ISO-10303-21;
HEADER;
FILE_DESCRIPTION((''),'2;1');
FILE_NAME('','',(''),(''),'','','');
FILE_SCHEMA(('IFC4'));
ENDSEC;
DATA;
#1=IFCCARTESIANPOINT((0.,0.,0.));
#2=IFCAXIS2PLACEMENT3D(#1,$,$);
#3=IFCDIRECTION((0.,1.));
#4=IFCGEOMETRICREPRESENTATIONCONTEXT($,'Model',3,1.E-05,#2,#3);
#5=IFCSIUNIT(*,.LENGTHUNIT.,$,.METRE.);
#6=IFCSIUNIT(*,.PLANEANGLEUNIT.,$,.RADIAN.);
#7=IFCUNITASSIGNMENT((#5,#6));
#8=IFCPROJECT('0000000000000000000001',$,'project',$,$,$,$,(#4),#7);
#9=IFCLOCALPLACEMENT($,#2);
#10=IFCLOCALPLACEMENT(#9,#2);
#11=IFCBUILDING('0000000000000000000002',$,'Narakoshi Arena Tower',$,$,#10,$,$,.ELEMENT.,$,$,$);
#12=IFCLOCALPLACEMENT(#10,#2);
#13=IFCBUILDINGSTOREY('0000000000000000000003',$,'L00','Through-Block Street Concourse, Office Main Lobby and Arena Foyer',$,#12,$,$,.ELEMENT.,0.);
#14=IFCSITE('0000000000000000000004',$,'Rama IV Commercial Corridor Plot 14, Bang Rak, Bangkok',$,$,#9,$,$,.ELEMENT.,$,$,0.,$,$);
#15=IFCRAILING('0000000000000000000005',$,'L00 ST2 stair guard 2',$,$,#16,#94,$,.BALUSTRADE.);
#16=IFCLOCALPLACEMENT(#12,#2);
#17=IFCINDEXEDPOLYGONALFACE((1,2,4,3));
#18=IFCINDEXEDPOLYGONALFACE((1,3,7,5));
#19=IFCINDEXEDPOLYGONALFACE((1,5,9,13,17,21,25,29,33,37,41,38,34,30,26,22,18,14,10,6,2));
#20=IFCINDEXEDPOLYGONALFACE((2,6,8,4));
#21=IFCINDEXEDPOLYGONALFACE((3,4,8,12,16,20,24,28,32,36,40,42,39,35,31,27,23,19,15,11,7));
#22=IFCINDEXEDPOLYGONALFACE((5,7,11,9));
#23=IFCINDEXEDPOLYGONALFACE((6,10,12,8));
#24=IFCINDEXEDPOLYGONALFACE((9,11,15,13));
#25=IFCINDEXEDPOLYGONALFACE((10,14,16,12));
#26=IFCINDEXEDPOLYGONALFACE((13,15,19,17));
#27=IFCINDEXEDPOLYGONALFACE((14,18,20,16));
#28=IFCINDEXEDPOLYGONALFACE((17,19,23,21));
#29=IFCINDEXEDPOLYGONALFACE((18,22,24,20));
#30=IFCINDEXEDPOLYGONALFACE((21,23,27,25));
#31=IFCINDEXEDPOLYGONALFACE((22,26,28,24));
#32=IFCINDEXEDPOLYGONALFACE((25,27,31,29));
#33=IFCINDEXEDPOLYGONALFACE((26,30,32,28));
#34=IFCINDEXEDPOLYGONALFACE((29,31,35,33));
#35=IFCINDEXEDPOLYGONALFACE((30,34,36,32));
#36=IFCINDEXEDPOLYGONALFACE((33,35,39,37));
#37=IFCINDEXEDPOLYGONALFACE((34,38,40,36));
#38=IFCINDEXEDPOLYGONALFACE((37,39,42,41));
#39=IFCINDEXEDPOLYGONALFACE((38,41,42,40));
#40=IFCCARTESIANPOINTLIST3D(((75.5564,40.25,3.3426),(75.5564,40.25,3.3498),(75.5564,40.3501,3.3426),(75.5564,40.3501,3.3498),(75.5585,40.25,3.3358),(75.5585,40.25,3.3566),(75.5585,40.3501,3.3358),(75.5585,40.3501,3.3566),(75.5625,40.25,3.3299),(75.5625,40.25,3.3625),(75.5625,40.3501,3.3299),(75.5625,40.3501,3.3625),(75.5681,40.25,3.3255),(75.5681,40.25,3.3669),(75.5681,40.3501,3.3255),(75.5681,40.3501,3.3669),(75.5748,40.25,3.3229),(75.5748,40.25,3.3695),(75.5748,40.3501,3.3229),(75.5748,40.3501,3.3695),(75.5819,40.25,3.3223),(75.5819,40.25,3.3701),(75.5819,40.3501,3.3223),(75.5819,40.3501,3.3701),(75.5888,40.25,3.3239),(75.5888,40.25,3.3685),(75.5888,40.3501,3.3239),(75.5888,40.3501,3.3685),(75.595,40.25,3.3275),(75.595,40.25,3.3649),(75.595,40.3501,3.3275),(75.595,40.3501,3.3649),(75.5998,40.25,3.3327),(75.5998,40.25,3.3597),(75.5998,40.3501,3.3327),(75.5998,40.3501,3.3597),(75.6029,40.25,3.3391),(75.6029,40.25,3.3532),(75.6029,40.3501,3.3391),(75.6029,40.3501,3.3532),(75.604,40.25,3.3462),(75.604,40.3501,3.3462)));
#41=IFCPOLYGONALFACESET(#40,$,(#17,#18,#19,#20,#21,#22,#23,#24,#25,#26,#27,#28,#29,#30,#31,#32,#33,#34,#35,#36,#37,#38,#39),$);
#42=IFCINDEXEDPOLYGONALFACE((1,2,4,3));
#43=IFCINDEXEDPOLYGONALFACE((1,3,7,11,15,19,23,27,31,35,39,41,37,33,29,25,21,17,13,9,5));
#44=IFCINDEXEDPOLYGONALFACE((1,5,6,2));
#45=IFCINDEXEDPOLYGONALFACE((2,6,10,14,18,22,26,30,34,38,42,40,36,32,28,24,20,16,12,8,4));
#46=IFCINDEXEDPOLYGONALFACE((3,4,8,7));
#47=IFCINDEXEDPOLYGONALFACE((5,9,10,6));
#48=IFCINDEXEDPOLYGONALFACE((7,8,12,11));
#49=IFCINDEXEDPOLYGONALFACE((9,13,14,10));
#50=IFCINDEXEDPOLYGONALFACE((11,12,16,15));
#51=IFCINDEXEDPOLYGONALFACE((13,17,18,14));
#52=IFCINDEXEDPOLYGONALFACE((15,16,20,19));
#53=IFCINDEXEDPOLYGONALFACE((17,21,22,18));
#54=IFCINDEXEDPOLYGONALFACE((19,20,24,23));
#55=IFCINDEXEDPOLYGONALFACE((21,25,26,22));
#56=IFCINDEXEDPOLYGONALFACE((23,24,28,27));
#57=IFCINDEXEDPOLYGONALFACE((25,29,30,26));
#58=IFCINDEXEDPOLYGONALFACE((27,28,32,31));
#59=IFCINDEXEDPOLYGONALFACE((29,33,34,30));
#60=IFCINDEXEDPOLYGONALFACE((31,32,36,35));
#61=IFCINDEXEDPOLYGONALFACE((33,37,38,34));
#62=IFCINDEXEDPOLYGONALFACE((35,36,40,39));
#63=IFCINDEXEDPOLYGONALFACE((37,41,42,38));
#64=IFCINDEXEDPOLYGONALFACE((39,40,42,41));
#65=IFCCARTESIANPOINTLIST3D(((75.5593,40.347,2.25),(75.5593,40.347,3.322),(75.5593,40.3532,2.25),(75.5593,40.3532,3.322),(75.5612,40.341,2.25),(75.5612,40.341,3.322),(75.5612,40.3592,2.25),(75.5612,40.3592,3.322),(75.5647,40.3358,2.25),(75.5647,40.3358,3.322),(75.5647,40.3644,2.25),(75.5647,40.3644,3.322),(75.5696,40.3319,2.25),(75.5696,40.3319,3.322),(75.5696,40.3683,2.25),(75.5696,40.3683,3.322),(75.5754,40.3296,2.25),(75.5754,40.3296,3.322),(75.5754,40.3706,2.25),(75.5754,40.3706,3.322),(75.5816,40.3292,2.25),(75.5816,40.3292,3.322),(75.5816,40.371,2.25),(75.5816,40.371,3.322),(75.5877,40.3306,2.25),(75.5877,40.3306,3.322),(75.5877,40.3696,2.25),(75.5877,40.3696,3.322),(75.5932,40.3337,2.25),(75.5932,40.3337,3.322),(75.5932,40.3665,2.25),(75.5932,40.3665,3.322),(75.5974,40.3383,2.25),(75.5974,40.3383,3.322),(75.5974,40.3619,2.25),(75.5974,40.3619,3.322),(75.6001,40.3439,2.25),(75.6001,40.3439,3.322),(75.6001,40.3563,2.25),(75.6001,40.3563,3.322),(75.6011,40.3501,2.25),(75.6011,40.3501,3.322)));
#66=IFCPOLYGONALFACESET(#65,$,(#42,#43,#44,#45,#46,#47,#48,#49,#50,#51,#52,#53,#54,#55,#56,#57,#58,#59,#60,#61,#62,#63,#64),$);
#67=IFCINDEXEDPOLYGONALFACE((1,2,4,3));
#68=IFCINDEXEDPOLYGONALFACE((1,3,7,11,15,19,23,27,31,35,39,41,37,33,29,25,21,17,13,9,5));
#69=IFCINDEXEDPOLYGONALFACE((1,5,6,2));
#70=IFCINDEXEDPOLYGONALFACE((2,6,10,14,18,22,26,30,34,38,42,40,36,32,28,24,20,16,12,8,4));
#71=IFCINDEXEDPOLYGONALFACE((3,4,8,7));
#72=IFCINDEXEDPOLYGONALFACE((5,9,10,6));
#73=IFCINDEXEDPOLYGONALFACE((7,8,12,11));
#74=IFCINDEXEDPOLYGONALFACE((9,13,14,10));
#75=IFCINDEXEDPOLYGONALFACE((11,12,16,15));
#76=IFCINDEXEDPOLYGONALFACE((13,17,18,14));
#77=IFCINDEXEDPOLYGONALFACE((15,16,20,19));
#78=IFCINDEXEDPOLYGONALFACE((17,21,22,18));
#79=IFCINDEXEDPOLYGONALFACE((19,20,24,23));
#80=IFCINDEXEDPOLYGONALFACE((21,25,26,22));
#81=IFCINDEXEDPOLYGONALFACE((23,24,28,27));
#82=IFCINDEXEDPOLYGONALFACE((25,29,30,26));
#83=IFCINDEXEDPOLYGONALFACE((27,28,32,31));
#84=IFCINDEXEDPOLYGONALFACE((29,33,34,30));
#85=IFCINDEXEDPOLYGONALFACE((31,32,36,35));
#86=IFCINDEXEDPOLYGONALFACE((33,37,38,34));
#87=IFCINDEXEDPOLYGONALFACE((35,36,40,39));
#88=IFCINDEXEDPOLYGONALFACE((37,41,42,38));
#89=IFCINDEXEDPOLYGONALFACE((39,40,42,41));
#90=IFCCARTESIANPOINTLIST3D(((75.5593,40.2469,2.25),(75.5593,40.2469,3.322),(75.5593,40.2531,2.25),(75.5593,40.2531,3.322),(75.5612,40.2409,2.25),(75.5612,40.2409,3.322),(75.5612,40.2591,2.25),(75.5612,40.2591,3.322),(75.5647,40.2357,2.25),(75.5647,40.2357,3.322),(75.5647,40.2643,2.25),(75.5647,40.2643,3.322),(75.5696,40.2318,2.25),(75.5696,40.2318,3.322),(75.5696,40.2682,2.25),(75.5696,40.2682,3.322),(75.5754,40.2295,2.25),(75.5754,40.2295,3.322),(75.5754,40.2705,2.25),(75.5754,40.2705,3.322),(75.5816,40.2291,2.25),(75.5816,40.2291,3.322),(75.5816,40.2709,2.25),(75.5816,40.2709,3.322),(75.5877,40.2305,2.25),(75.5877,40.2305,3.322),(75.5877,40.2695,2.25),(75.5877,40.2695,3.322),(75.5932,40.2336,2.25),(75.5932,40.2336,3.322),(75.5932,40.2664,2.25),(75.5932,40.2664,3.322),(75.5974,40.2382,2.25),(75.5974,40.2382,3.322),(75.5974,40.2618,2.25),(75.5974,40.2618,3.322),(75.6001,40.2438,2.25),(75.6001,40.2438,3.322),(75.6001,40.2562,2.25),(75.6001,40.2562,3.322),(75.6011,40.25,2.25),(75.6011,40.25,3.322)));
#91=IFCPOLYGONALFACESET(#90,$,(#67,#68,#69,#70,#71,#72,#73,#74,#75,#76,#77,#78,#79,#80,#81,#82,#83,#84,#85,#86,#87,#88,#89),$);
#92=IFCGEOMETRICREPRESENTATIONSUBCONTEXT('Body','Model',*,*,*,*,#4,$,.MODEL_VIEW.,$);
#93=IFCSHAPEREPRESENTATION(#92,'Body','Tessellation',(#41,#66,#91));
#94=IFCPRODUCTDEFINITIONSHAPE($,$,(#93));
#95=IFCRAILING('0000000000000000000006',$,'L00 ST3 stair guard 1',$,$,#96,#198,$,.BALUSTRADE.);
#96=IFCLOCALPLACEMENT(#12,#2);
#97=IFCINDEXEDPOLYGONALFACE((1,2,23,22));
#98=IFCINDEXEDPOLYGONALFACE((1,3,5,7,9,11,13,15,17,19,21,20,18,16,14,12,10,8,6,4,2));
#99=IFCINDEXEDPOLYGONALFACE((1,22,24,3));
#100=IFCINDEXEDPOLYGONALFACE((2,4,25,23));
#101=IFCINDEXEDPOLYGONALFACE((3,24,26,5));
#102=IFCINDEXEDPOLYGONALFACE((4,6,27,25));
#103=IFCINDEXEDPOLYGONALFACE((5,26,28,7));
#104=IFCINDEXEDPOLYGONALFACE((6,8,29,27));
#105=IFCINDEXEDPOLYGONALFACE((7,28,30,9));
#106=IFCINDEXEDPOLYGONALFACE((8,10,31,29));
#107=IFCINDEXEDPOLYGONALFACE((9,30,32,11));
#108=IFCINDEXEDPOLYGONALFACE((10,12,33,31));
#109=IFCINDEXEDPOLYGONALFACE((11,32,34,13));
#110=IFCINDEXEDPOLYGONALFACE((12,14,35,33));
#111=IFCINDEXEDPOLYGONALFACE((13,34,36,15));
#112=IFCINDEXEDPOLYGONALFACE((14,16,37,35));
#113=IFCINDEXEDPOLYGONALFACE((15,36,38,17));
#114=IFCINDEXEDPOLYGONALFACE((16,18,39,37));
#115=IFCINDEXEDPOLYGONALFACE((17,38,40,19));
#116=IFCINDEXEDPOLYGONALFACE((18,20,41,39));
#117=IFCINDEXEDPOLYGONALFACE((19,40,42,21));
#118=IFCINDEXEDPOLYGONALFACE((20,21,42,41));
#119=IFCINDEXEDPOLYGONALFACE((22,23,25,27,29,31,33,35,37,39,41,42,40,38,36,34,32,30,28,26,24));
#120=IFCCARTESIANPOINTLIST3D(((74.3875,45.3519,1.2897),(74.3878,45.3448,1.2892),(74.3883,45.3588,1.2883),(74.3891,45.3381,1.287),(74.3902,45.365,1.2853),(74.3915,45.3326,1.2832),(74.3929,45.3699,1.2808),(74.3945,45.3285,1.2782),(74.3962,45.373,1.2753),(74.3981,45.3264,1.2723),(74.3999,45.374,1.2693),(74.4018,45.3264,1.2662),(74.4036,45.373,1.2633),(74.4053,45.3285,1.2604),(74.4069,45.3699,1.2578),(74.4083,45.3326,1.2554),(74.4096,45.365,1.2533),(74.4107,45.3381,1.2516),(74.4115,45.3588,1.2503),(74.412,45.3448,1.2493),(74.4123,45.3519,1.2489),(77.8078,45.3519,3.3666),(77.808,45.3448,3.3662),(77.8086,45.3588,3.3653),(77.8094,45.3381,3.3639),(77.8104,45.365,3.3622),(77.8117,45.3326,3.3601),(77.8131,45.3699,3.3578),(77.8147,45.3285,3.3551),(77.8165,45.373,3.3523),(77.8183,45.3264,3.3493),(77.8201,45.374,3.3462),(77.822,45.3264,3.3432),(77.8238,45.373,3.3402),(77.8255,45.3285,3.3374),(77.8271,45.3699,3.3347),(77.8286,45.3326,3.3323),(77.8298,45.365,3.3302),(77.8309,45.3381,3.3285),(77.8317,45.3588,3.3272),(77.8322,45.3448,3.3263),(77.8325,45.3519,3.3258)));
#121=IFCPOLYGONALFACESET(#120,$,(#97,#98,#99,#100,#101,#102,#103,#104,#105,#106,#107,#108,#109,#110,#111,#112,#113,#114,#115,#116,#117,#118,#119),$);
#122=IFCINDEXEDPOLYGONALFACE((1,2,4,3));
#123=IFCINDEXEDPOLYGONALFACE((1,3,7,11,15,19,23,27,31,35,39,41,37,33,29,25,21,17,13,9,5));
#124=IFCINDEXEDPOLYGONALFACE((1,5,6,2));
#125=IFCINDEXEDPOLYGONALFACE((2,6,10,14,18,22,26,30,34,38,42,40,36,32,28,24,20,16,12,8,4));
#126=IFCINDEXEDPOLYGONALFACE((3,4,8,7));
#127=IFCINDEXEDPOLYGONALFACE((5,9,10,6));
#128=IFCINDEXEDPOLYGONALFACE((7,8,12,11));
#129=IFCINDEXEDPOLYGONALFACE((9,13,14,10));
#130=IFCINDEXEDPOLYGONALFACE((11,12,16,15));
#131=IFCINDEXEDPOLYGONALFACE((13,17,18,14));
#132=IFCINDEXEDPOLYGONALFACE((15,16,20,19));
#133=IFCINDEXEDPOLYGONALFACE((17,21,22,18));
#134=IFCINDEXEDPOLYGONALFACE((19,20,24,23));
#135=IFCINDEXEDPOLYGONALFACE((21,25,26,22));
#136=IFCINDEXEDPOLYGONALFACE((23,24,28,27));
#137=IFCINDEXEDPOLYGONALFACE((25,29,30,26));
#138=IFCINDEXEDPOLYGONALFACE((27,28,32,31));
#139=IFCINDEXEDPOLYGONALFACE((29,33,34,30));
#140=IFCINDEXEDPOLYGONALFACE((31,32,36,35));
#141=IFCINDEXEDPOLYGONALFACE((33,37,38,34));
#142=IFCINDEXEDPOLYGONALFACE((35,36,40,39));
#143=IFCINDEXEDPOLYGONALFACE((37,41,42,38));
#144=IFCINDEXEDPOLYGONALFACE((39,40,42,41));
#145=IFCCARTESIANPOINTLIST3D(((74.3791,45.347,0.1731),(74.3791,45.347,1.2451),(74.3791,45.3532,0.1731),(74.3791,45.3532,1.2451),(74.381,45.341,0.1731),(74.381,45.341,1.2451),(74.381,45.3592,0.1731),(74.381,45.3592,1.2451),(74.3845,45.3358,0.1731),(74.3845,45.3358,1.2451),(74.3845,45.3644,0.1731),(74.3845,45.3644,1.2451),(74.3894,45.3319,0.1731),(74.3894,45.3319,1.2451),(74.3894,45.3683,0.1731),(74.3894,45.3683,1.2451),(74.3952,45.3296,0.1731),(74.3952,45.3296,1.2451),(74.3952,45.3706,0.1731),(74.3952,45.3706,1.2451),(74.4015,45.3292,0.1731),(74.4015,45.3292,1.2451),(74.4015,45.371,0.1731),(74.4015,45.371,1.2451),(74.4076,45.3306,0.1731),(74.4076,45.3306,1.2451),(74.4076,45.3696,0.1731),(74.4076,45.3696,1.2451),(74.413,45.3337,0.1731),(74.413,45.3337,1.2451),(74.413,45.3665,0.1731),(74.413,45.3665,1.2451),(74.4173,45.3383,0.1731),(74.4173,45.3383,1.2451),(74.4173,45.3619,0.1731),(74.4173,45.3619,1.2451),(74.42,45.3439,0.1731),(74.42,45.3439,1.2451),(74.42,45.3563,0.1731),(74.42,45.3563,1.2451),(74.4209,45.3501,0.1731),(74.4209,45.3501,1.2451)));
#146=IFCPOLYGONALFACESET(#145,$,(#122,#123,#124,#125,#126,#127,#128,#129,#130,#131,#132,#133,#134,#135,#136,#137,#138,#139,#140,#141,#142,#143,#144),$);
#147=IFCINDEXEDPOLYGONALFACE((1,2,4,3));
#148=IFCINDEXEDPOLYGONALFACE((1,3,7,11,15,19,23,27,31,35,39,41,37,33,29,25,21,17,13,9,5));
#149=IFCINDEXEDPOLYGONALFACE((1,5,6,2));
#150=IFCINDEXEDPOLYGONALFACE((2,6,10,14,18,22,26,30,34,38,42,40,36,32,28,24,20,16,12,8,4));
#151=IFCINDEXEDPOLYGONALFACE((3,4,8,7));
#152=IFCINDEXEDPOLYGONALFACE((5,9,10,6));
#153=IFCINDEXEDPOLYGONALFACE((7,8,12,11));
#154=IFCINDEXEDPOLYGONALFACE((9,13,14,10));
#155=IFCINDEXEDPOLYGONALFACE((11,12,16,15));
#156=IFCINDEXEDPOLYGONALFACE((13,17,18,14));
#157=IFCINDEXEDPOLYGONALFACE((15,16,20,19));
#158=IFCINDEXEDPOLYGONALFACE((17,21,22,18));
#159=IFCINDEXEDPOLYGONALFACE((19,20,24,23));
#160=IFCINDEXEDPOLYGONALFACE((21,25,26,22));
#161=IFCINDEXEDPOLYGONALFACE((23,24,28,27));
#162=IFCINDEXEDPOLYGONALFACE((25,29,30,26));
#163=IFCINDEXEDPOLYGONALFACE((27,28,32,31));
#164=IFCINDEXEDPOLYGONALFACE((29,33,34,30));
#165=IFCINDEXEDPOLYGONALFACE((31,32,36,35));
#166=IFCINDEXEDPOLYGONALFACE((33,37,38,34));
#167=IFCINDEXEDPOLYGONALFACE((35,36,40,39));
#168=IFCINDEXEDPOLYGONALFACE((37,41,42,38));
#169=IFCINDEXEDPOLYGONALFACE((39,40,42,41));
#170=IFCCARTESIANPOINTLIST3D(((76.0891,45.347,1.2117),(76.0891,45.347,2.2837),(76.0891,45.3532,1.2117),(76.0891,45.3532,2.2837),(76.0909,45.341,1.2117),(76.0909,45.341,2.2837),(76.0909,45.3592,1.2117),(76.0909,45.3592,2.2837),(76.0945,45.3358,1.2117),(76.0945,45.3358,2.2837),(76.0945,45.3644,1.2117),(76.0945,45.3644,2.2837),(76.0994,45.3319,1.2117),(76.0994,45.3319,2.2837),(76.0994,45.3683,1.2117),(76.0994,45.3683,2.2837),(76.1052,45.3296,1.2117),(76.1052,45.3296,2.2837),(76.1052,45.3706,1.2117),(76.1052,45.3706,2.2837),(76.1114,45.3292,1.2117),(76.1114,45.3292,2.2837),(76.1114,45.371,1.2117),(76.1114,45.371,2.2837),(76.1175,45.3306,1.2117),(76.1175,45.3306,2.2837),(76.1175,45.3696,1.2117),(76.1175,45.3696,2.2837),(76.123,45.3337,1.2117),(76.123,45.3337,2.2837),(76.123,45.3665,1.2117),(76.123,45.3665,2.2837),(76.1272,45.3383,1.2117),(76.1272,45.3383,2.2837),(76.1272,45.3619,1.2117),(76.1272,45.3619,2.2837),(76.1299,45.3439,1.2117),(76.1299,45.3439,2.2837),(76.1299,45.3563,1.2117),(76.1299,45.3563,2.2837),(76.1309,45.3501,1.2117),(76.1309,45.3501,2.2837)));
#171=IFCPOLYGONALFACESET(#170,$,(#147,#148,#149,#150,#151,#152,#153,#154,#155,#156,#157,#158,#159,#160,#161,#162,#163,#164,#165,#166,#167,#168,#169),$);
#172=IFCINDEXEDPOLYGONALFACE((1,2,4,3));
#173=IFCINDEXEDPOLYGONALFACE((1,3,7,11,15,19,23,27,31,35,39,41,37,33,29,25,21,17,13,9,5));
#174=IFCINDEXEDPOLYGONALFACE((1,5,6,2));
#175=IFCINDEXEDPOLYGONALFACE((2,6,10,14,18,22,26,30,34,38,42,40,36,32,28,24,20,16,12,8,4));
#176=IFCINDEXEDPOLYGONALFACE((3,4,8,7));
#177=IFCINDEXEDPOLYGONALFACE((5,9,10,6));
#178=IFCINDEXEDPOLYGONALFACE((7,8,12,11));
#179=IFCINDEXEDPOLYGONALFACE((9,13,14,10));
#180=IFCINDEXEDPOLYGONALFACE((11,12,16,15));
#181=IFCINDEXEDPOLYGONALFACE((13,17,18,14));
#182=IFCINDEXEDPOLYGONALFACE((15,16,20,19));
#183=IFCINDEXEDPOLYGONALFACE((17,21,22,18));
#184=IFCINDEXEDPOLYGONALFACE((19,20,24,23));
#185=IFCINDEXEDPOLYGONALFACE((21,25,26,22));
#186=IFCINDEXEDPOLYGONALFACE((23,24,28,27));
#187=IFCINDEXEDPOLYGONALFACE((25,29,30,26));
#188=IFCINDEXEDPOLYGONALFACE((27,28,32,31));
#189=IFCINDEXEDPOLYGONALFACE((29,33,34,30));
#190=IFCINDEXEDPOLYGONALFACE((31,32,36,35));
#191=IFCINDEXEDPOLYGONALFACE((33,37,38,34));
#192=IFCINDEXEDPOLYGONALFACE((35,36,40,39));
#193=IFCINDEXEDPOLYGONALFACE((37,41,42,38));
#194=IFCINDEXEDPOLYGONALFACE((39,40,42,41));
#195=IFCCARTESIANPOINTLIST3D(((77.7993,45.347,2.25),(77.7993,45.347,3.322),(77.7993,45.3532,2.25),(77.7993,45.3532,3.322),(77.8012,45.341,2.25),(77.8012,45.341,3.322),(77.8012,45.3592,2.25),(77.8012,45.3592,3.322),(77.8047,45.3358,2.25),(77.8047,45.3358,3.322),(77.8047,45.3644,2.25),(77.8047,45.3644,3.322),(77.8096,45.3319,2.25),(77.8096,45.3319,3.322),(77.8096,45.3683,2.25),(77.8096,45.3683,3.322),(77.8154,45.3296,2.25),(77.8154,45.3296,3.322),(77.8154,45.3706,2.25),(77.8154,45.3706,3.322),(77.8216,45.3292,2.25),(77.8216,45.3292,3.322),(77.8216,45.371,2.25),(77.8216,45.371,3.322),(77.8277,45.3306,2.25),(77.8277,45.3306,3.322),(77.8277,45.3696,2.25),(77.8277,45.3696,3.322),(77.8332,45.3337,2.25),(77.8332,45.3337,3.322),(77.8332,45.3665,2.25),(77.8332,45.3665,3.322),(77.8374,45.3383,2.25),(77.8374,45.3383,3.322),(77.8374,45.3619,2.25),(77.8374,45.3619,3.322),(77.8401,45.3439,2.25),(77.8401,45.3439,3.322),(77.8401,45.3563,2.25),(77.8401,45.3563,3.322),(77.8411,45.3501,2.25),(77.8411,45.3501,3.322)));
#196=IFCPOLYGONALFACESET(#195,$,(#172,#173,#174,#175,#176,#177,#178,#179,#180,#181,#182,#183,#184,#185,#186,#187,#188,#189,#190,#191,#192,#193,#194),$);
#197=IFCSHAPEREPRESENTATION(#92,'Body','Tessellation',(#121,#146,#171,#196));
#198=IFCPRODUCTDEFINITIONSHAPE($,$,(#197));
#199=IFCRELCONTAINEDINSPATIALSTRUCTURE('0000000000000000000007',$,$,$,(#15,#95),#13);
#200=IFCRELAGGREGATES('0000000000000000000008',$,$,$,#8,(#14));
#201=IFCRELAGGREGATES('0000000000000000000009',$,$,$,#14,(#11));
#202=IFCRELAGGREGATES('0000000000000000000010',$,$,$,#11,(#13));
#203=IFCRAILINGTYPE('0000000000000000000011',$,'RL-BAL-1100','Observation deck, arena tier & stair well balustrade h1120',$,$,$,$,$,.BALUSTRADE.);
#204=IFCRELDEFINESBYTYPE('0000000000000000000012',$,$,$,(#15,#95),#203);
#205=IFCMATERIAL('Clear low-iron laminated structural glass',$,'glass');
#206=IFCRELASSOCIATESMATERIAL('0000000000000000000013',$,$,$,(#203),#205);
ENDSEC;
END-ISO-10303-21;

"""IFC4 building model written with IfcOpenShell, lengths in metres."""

from ifc_helpers import new_model, si_unit, direction, frame, origin, origin_2d, place, context, subcontext, project, spatial, circle, extrude, material, type_object, element, save


model = new_model("IFC4")

# Units and contexts
model_context = context("Model", 3, precision=1e-05, world=origin(), true_north=direction((0.0, 1.0)))
body_context = subcontext(model_context, "Body", "Model", "MODEL_VIEW")
ifc_project = project(units=[si_unit("LENGTHUNIT", "METRE"), si_unit("PLANEANGLEUNIT", "RADIAN")], contexts=[model_context])

# Site, building, storey
site_placement = place(None, origin())
site = spatial("IfcSite", under=ifc_project, at=site_placement, Name="Rama IV Commercial Corridor Plot 14, Bang Rak, Bangkok", CompositionType="ELEMENT", RefElevation=0.0)
building_placement = place(site_placement, origin())
building = spatial("IfcBuilding", under=site, at=building_placement, Name="Narakoshi Arena Tower", CompositionType="ELEMENT")
storey_placement = place(building_placement, origin())
storey = spatial("IfcBuildingStorey", under=building, at=storey_placement, Name="L00", Description="Through-Block Street Concourse, Office Main Lobby and Arena Foyer", CompositionType="ELEMENT", Elevation=0.0)

# Railings
ifc_material_1 = material(Name="Clear low-iron laminated structural glass", Category="glass")
railing_type_1 = type_object("IfcRailingType", Name="RL-BAL-1100", Description="Observation deck, arena tier & stair well balustrade h1120", PredefinedType="BALUSTRADE", material=ifc_material_1)
railing_1_placement = place(storey_placement, frame((75.5801, 40.3501, 2.25)))
element("IfcRailing", 1, at=railing_1_placement, inside=storey, type_object=railing_type_1, Name="L00 ST2 stair guard 2", PredefinedType="BALUSTRADE", context=body_context, shape_type="SweptSolid", body=[
    extrude(circle(Radius=0.0239, at=origin_2d()), frame((0.0, 0.0, 1.0962), z_axis=(0.0, -1.0, 0.0), x_axis=(1.0, 0.0, 0.0)), (0.0, 0.0, 1.0), 0.1001),
    extrude(circle(Radius=0.021, at=origin_2d()), origin(), (0.0, 0.0, 1.0), 1.072),
    extrude(circle(Radius=0.021, at=origin_2d()), frame((0.0, -0.1001, 0.0)), (0.0, 0.0, 1.0), 1.072),
])
railing_2_placement = place(storey_placement, frame((74.3999, 45.3501, 0.1731)))
element("IfcRailing", 2, at=railing_2_placement, inside=storey, type_object=railing_type_1, Name="L00 ST3 stair guard 1", PredefinedType="BALUSTRADE", context=body_context, shape_type="SweptSolid", body=[
    extrude(circle(Radius=0.0239, at=origin_2d()), frame((0.0, 0.0, 1.0962), z_axis=(0.854746, 0.0, 0.519047), x_axis=(0.0, 1.0, 0.0)), (0.0, 0.0, 1.0), 4.0015),
    extrude(circle(Radius=0.021, at=origin_2d()), origin(), (0.0, 0.0, 1.0), 1.072),
    extrude(circle(Radius=0.021, at=origin_2d()), frame((1.71, 0.0, 1.0386)), (0.0, 0.0, 1.0), 1.072),
    extrude(circle(Radius=0.021, at=origin_2d()), frame((3.4202, 0.0, 2.0769)), (0.0, 0.0, 1.0), 1.072),
])

save(model, "model.ifc")
